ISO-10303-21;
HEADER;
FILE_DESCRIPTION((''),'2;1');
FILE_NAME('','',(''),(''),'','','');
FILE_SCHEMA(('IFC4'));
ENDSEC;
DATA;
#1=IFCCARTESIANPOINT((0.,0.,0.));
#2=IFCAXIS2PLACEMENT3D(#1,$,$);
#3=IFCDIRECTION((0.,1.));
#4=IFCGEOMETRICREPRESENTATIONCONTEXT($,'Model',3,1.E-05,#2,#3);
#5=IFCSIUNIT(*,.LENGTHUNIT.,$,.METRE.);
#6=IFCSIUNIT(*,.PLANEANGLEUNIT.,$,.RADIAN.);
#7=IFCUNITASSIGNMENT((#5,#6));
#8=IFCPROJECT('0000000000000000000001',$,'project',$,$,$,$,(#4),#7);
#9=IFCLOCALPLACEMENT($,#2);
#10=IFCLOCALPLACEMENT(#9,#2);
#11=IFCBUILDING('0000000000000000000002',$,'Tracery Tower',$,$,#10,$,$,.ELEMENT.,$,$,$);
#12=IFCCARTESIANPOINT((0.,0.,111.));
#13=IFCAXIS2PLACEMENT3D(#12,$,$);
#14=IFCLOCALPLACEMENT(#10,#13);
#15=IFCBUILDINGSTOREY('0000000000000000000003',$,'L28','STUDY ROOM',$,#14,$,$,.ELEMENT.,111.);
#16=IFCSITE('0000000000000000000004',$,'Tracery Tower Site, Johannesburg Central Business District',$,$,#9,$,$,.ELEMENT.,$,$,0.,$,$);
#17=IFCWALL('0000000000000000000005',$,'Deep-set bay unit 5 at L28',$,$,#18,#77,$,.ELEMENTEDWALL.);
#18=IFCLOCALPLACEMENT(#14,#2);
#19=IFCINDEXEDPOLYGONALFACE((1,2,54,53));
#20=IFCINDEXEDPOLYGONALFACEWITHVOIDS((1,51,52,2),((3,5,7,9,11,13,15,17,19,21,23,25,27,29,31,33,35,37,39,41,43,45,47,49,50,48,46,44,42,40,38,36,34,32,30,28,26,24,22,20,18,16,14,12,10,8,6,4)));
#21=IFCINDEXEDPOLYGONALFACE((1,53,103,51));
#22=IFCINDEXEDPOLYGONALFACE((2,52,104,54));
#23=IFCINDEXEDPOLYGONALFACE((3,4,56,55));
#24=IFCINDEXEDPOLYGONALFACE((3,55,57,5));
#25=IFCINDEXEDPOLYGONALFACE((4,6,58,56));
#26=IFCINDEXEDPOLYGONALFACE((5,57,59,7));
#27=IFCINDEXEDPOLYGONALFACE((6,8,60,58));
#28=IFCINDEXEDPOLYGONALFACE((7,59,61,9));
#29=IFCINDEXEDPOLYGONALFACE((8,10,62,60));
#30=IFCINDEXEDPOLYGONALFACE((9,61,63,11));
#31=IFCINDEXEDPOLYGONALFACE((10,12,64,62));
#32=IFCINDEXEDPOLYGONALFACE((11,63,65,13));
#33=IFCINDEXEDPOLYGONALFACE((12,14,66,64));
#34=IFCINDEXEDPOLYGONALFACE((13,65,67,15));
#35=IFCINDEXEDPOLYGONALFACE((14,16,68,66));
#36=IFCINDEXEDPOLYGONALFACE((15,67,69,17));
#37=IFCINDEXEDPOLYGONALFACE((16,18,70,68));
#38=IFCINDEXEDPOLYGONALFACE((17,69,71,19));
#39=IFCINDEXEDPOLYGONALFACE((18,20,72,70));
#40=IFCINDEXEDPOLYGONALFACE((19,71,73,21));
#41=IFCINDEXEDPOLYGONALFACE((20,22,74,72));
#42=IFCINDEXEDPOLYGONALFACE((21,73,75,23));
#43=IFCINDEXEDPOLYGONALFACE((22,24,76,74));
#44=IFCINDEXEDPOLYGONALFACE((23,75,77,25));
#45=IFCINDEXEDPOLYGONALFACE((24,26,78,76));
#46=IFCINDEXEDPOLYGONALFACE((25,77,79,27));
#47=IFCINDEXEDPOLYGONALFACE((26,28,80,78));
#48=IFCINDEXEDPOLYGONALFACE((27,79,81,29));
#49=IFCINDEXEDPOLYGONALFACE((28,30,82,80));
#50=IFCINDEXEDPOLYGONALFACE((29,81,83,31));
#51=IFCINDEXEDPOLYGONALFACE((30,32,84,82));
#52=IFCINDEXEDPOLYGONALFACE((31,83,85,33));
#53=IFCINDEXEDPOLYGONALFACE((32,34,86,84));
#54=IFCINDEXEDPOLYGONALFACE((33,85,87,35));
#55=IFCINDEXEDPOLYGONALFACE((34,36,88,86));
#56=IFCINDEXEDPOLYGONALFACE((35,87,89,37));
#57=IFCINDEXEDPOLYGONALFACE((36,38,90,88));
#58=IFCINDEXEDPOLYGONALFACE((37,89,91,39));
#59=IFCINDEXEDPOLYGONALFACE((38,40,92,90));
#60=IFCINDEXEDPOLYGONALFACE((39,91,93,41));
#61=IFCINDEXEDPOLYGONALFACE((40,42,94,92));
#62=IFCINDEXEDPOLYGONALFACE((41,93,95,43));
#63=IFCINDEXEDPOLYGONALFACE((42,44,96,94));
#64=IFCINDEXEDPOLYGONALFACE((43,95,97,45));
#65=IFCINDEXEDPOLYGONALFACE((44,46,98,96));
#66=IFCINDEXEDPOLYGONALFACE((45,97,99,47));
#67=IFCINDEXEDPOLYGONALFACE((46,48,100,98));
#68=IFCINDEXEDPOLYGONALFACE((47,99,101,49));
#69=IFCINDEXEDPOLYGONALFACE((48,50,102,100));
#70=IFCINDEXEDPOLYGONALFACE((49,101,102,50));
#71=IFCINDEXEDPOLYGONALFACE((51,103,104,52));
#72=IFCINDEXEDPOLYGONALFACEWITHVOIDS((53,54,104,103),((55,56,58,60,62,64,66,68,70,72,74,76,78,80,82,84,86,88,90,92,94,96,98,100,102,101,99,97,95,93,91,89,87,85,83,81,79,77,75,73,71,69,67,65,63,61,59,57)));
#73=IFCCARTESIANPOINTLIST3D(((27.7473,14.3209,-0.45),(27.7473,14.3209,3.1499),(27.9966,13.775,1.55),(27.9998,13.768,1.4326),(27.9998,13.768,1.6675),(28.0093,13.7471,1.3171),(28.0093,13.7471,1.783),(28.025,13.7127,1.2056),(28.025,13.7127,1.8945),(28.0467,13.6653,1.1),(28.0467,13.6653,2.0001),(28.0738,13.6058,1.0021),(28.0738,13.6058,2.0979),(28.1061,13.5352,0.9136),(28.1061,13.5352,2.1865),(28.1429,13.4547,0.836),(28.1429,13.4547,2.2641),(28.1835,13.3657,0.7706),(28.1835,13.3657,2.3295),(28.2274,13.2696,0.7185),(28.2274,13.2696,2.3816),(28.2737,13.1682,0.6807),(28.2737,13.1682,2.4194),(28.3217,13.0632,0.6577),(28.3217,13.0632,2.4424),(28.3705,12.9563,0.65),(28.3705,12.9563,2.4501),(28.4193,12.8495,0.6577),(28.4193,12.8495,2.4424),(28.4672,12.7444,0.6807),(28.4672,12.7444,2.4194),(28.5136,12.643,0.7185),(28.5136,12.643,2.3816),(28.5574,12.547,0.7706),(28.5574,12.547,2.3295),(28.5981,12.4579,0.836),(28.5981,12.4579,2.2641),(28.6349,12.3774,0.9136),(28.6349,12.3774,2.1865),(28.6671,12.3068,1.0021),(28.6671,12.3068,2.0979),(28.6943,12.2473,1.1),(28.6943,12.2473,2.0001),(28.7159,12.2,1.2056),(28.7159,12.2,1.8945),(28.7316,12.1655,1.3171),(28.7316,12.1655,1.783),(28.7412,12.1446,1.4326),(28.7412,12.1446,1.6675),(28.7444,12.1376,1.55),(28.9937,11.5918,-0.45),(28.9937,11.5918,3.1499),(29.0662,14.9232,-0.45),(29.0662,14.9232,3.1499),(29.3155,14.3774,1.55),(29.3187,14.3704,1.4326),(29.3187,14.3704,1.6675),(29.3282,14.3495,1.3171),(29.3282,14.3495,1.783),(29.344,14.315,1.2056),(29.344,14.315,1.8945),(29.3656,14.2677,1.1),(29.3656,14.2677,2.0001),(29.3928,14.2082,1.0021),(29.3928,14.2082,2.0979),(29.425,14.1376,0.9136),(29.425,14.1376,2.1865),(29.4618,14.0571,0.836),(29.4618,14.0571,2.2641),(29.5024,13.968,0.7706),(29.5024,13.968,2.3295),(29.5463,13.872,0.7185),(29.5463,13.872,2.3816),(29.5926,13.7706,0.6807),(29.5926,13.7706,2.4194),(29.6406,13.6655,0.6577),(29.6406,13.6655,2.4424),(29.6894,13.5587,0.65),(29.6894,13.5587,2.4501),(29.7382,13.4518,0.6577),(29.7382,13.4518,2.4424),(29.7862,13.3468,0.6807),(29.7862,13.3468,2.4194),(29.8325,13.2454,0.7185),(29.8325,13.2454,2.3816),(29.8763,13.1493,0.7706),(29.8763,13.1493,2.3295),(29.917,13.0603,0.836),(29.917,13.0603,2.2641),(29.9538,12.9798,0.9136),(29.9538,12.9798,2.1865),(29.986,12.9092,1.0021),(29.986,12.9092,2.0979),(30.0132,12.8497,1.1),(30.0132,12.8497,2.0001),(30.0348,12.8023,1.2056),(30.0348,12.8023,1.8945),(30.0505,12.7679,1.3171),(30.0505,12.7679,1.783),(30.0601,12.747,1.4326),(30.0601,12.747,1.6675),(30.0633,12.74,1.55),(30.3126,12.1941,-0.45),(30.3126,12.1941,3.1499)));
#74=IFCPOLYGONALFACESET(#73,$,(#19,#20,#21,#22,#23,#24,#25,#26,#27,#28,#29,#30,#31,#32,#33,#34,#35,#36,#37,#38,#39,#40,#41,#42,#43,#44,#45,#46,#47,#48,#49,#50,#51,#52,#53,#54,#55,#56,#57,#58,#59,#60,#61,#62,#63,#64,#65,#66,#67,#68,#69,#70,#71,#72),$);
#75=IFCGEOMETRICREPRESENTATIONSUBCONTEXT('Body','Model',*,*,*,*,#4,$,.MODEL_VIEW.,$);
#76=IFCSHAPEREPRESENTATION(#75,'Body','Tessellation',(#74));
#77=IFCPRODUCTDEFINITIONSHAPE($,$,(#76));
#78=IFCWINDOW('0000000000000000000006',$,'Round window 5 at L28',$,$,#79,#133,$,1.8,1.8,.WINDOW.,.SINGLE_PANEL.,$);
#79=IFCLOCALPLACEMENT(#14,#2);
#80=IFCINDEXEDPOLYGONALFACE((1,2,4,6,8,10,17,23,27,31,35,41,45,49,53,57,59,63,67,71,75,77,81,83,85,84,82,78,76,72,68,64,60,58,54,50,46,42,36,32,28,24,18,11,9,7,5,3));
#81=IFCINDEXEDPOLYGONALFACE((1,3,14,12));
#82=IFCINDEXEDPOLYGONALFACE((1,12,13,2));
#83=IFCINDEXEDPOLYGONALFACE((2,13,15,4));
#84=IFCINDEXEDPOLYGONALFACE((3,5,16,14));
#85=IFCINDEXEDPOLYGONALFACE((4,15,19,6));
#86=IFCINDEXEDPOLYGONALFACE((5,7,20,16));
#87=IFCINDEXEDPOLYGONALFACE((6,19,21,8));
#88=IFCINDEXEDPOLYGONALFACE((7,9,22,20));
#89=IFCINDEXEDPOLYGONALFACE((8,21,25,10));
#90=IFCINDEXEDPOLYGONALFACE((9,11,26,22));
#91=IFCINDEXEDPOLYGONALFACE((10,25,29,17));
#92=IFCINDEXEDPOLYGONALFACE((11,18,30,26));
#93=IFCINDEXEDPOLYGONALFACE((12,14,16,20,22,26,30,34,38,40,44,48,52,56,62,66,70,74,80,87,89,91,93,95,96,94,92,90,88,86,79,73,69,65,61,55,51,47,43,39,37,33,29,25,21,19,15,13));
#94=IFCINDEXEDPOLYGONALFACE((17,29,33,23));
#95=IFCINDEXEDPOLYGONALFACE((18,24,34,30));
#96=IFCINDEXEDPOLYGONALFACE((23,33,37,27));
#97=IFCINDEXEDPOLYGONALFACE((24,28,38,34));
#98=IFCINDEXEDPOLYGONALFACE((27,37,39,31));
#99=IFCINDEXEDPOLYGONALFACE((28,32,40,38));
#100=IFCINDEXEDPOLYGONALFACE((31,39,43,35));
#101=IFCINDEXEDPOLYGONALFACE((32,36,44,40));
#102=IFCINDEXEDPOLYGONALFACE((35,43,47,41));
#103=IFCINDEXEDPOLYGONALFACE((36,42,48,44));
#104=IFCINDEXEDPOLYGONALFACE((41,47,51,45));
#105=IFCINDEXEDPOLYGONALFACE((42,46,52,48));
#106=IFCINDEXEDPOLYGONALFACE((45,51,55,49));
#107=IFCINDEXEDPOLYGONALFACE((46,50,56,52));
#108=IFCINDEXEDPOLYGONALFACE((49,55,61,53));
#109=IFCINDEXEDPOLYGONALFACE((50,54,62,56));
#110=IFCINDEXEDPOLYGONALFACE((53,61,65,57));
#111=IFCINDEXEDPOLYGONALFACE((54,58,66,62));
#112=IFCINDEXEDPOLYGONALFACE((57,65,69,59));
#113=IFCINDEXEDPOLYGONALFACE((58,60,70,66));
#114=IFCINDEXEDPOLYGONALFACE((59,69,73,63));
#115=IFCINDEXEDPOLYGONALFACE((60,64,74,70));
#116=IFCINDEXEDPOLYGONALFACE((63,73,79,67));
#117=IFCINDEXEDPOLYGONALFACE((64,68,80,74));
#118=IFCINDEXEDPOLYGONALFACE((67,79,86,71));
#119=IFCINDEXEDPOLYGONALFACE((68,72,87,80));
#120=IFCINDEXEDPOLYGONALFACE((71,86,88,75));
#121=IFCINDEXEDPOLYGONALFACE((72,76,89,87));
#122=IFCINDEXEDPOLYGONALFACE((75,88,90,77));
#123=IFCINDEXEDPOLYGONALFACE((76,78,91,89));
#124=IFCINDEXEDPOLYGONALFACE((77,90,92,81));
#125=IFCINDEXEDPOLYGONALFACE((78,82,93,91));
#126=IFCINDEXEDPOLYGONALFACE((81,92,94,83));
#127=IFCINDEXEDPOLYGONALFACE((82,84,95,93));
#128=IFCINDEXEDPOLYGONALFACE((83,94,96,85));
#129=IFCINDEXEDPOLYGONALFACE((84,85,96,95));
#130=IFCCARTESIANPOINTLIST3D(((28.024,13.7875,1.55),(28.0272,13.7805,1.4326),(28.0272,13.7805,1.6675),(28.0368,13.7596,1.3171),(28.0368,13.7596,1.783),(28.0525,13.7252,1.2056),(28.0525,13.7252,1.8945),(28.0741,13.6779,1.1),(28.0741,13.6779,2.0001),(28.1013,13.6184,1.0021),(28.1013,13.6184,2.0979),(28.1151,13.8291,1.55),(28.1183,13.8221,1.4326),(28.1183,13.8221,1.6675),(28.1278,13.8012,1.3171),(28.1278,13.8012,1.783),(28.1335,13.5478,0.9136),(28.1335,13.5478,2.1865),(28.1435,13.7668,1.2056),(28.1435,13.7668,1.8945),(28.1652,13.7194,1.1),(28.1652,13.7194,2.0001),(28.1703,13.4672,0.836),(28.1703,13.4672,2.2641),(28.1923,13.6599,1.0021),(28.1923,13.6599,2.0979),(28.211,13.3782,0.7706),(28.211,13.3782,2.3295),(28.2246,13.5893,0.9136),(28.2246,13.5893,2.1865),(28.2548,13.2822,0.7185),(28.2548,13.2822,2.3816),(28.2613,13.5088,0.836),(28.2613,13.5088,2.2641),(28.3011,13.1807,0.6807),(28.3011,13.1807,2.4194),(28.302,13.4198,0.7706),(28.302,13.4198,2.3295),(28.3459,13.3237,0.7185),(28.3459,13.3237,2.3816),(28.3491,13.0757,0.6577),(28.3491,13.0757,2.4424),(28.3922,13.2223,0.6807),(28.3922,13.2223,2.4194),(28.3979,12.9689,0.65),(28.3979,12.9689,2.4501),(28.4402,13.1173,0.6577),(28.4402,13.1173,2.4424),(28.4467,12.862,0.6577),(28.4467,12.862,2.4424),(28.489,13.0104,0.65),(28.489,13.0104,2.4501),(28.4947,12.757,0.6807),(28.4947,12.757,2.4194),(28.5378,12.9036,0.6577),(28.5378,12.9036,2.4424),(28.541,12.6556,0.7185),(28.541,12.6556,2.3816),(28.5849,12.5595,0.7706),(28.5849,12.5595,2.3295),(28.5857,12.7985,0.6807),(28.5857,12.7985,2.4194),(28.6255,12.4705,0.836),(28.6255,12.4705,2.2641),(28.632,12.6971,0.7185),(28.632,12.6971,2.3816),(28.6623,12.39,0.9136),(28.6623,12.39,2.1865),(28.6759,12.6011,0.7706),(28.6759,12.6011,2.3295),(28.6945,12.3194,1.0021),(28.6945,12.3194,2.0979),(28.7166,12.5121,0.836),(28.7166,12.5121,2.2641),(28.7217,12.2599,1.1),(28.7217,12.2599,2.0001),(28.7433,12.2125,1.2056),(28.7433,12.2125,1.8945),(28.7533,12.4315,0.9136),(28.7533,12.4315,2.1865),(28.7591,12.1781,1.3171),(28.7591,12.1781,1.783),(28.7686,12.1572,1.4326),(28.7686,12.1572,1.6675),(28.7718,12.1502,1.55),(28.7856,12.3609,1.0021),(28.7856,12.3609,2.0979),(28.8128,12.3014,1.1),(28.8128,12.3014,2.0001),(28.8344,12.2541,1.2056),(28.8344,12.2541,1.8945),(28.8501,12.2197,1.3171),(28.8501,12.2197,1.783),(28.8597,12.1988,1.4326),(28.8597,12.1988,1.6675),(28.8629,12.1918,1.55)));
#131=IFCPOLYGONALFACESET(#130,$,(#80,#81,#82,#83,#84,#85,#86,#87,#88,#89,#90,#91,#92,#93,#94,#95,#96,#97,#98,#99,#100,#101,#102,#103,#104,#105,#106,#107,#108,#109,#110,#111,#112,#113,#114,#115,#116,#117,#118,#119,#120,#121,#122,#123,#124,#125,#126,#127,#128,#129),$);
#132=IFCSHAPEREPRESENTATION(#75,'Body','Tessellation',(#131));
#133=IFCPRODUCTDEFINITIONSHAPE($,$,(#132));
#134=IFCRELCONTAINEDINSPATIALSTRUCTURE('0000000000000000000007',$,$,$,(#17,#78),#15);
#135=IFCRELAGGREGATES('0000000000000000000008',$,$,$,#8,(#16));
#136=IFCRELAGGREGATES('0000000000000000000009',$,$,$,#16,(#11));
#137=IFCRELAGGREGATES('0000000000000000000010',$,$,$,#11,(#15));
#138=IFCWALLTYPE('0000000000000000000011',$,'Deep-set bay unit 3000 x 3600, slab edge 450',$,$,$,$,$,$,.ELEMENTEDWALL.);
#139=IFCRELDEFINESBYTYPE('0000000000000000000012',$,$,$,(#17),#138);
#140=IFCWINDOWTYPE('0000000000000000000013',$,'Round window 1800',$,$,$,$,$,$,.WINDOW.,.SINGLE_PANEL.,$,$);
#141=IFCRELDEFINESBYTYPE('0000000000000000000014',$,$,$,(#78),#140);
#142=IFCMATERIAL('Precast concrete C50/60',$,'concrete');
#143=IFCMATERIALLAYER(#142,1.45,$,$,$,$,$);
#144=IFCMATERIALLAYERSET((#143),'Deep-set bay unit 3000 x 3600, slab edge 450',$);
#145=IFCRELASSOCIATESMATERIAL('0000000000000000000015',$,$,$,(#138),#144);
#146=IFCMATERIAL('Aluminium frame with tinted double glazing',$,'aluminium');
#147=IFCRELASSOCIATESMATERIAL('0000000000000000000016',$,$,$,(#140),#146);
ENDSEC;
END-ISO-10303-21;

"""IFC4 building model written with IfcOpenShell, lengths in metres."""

from ifc_helpers import new_model, si_unit, direction, frame, frame_2d, origin, origin_2d, place, context, subcontext, project, spatial, rectangle, circle, extrude, material, layer, layer_set, type_object, element, fill, save


model = new_model("IFC4")

# Units and contexts
model_context = context("Model", 3, precision=1e-05, world=origin(), true_north=direction((0.0, 1.0)))
body_context = subcontext(model_context, "Body", "Model", "MODEL_VIEW")
ifc_project = project(units=[si_unit("LENGTHUNIT", "METRE"), si_unit("PLANEANGLEUNIT", "RADIAN")], contexts=[model_context])

# Site, building, storey
site_placement = place(None, origin())
site = spatial("IfcSite", under=ifc_project, at=site_placement, Name="Tracery Tower Site, Johannesburg Central Business District", CompositionType="ELEMENT", RefElevation=0.0)
building_placement = place(site_placement, origin())
building = spatial("IfcBuilding", under=site, at=building_placement, Name="Tracery Tower", CompositionType="ELEMENT")
storey_placement = place(building_placement, frame((0.0, 0.0, 111.0)))
storey = spatial("IfcBuildingStorey", under=building, at=storey_placement, Name="L28", Description="STUDY ROOM", CompositionType="ELEMENT", Elevation=111.0)

# Wall, opening, window
ifc_material_1 = material(Name="Precast concrete C50/60", Category="concrete")
ifc_layer_1 = layer(ifc_material_1, 1.45)
ifc_layer_set_1 = layer_set([ifc_layer_1], Name="Deep-set bay unit 3000 x 3600, slab edge 450")
wall_type_1 = type_object("IfcWallType", Name="Deep-set bay unit 3000 x 3600, slab edge 450", PredefinedType="ELEMENTEDWALL", material=ifc_layer_set_1)
ifc_material_2 = material(Name="Aluminium frame with tinted double glazing", Category="aluminium")
window_type = type_object("IfcWindowType", Name="Round window 1800", PartitioningType="SINGLE_PANEL", PredefinedType="WINDOW", material=ifc_material_2)
wall_1_placement = place(storey_placement, frame((29.6531, 11.8931, -0.45), z_axis=(0.0, 0.0, 1.0), x_axis=(-0.415427, 0.909627, 0.0)))
wall_1 = element("IfcWall", 1, at=wall_1_placement, inside=storey, type_object=wall_type_1, Name="Deep-set bay unit 5 at L28", PredefinedType="ELEMENTEDWALL", context=body_context, shape_type="SweptSolid", body=[
    extrude(rectangle(XDim=3.0002, YDim=1.45, at=frame_2d((1.5, 0.0))), origin(), (0.0, 0.0, 1.0), 3.5999),
])
opening_1_placement = place(wall_1_placement, frame((1.5, 0.0, 2.0)))
opening_1 = element("IfcOpeningElement", 2, at=opening_1_placement, cuts=wall_1, PredefinedType="OPENING", context=body_context, shape_type="SweptSolid", body=[
    extrude(circle(Radius=0.9, at=origin_2d()), frame((0.0, 0.7349, 0.0), z_axis=(0.0, -1.0, 0.0), x_axis=(1.0, 0.0, 0.0)), (0.0, 0.0, 1.0), 1.47),
])
window_1_placement = place(opening_1_placement, origin())
window_1 = element("IfcWindow", 3, at=window_1_placement, inside=storey, type_object=window_type, Name="Round window 5 at L28", OverallHeight=1.8, OverallWidth=1.8, PartitioningType="SINGLE_PANEL", PredefinedType="WINDOW", context=body_context, shape_type="SweptSolid", body=[
    extrude(circle(Radius=0.9, at=origin_2d()), frame((0.0, 0.6948, 0.0), z_axis=(0.0, -1.0, 0.0), x_axis=(1.0, 0.0, 0.0)), (0.0, 0.0, 1.0), 0.1001),
])
fill(opening_1, window_1)

save(model, "model.ifc")
